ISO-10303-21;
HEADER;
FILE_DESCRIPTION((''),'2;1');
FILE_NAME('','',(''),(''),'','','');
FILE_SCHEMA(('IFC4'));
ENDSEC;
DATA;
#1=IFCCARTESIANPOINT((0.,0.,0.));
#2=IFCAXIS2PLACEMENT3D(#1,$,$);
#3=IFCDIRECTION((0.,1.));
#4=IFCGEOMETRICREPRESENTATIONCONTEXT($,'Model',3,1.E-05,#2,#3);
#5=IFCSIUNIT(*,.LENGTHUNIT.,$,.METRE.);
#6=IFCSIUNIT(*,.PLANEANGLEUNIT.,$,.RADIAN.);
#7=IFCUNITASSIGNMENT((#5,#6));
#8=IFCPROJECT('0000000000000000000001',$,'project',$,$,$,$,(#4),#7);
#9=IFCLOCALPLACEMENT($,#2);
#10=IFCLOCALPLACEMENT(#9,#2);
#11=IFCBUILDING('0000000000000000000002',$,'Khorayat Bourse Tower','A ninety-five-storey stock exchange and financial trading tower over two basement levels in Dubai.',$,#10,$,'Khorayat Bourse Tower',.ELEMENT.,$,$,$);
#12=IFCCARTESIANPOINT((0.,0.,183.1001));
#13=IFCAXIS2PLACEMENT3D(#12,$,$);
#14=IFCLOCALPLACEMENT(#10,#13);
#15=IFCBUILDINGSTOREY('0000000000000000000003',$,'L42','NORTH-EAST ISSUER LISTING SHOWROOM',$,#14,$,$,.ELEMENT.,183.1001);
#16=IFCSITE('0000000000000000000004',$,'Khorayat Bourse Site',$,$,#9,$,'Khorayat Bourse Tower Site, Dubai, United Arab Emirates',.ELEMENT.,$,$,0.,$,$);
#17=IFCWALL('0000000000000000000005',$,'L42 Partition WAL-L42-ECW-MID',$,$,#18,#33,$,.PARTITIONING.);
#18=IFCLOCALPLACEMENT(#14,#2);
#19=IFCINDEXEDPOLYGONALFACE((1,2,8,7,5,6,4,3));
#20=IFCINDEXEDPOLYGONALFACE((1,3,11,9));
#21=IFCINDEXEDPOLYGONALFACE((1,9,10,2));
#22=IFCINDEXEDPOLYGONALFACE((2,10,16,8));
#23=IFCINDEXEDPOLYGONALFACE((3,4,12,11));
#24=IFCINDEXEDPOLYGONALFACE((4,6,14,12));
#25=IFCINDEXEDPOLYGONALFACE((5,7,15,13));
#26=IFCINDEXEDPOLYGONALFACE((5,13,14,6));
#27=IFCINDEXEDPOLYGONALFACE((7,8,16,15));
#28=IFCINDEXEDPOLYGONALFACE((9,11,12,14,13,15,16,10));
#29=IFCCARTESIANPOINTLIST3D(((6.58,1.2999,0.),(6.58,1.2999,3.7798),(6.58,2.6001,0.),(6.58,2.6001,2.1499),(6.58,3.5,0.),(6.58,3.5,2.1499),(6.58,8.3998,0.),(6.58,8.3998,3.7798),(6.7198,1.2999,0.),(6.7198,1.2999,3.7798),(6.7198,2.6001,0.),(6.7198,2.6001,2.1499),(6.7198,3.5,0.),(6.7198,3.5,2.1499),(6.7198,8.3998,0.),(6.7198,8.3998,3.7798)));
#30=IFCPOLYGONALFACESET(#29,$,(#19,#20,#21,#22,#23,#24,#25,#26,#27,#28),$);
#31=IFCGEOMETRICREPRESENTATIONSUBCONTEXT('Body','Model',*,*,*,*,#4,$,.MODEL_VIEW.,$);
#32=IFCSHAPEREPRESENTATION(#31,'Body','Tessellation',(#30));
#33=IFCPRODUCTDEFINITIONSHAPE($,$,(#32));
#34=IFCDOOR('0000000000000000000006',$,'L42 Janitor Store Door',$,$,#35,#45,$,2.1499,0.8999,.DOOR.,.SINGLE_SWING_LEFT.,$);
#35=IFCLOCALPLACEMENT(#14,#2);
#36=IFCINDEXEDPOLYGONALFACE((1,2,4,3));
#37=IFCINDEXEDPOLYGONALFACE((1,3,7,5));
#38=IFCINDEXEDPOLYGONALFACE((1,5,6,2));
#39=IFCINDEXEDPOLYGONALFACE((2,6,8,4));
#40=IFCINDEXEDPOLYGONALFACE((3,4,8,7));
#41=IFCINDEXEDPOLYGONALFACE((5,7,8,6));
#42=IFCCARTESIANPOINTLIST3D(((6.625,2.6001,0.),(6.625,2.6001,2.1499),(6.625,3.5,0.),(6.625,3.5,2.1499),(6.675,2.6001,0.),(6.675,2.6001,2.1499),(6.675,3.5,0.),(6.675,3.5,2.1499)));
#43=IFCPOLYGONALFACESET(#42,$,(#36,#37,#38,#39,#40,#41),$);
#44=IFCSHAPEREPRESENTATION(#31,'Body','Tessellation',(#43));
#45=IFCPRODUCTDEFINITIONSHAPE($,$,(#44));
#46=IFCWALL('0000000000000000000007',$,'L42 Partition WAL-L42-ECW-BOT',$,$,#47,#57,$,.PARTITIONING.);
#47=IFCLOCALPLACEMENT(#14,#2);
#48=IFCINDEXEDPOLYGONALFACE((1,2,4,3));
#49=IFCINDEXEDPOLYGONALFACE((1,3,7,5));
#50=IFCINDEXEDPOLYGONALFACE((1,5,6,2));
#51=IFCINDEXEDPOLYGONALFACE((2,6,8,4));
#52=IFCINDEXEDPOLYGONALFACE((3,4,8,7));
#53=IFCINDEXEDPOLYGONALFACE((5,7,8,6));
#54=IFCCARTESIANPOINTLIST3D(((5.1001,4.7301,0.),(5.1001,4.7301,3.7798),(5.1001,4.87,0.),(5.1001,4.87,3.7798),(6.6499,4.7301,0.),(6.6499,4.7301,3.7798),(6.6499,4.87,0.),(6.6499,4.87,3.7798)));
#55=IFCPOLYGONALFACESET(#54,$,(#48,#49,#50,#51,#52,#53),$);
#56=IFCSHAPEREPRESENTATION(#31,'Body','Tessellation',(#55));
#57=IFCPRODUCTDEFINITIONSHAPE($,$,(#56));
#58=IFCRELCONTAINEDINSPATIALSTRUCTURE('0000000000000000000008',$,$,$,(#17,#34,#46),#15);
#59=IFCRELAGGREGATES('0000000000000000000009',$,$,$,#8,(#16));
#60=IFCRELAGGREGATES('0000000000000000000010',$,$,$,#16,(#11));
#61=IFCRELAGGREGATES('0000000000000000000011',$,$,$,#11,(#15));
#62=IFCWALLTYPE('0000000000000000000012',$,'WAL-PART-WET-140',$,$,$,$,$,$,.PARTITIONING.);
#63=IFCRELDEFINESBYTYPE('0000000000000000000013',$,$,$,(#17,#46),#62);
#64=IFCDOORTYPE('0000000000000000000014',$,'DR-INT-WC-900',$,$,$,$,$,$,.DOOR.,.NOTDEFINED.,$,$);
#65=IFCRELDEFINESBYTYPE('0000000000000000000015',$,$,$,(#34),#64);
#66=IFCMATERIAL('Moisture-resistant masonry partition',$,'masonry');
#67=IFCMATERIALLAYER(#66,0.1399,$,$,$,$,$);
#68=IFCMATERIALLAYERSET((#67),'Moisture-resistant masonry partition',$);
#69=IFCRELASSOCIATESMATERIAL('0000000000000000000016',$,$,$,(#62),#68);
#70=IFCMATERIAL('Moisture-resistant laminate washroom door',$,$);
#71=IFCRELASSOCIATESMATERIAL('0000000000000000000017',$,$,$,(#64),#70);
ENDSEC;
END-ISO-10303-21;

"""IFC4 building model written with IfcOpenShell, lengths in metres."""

from ifc_helpers import new_model, si_unit, direction, frame, frame_2d, origin, place, context, subcontext, project, spatial, rectangle, extrude, source, transform, mapped, material, layer, layer_set, type_object, element, fill, save


model = new_model("IFC4")

# Units and contexts
model_context = context("Model", 3, precision=1e-05, world=origin(), true_north=direction((0.0, 1.0)))
body_context = subcontext(model_context, "Body", "Model", "MODEL_VIEW")
ifc_project = project(units=[si_unit("LENGTHUNIT", "METRE"), si_unit("PLANEANGLEUNIT", "RADIAN")], contexts=[model_context])

# Site, building, storey
site_placement = place(None, origin())
site = spatial("IfcSite", under=ifc_project, at=site_placement, Name="Khorayat Bourse Site", LongName="Khorayat Bourse Tower Site, Dubai, United Arab Emirates", CompositionType="ELEMENT", RefElevation=0.0)
building_placement = place(site_placement, origin())
building = spatial("IfcBuilding", under=site, at=building_placement, Name="Khorayat Bourse Tower", Description="A ninety-five-storey stock exchange and financial trading tower over two basement levels in Dubai.", LongName="Khorayat Bourse Tower", CompositionType="ELEMENT")
storey_placement = place(building_placement, frame((0.0, 0.0, 183.1001)))
storey = spatial("IfcBuildingStorey", under=building, at=storey_placement, Name="L42", Description="NORTH-EAST ISSUER LISTING SHOWROOM", CompositionType="ELEMENT", Elevation=183.1001)

# Shared definitions
ifc_material_1 = material(Name="Moisture-resistant masonry partition", Category="masonry")
ifc_layer_1 = layer(ifc_material_1, 0.1399)
ifc_layer_set_1 = layer_set([ifc_layer_1], Name="Moisture-resistant masonry partition")
wall_type_1 = type_object("IfcWallType", Name="WAL-PART-WET-140", PredefinedType="PARTITIONING", material=ifc_layer_set_1)

# Shared definitions
shared_shape_1 = source(origin(), body_context, "Body", "SweptSolid", [
    extrude(rectangle(XDim=0.8999, YDim=2.1499, at=frame_2d((0.45, 1.075))), frame((0.0, 0.0798, 0.0), z_axis=(0.0, -1.0, 0.0), x_axis=(1.0, 0.0, 0.0)), (0.0, 0.0, 1.0), 0.1599),
])
ifc_material_2 = material(Name="Moisture-resistant laminate washroom door")
door_type_1 = type_object("IfcDoorType", Name="DR-INT-WC-900", OperationType="NOTDEFINED", PredefinedType="DOOR", material=ifc_material_2)
shared_shape_2 = source(origin(), body_context, "Body", "SweptSolid", [
    extrude(rectangle(XDim=0.8999, YDim=2.1499, at=frame_2d((0.45, 1.075))), frame((0.0, 0.0249, 0.0), z_axis=(0.0, -1.0, 0.0), x_axis=(1.0, 0.0, 0.0)), (0.0, 0.0, 1.0), 0.05),
])

# Wall, opening, door
shared_shape_3 = source(origin(), body_context, "Body", "SweptSolid", [
    extrude(rectangle(XDim=7.0999, YDim=0.1399, at=frame_2d((3.5498, 0.0))), origin(), (0.0, 0.0, 1.0), 3.7798),
])
wall_1_placement = place(storey_placement, frame((6.6499, 1.3, 0.0), z_axis=(0.0, 0.0, 1.0), x_axis=(0.0, 1.0, 0.0)))
wall_1 = element("IfcWall", 1, at=wall_1_placement, inside=storey, type_object=wall_type_1, Name="L42 Partition WAL-L42-ECW-MID", PredefinedType="PARTITIONING", context=body_context, shape_type="MappedRepresentation", body=[
    mapped(shared_shape_3, transform((0.0, 0.0, 0.0), scale=1.0)),
])
opening_1_placement = place(wall_1_placement, frame((1.3, 0.0, 0.0)))
opening_1 = element("IfcOpeningElement", 2, at=opening_1_placement, cuts=wall_1, PredefinedType="OPENING", context=body_context, shape_type="MappedRepresentation", body=[
    mapped(shared_shape_1, transform((0.0, 0.0, 0.0), scale=1.0)),
])
door_1_placement = place(opening_1_placement, origin())
door_1 = element("IfcDoor", 3, at=door_1_placement, inside=storey, type_object=door_type_1, Name="L42 Janitor Store Door", OperationType="SINGLE_SWING_LEFT", OverallHeight=2.1499, OverallWidth=0.8999, PredefinedType="DOOR", context=body_context, shape_type="MappedRepresentation", body=[
    mapped(shared_shape_2, transform((0.0, 0.0, 0.0), scale=1.0)),
])
fill(opening_1, door_1)

# Wall
shared_shape_4 = source(origin(), body_context, "Body", "SweptSolid", [
    extrude(rectangle(XDim=1.5498, YDim=0.1399, at=frame_2d((0.7749, 0.0))), origin(), (0.0, 0.0, 1.0), 3.7798),
])
wall_2_placement = place(storey_placement, frame((5.1001, 4.8, 0.0), z_axis=(0.0, 0.0, 1.0), x_axis=(1.0, 0.0, 0.0)))
element("IfcWall", 4, at=wall_2_placement, inside=storey, type_object=wall_type_1, Name="L42 Partition WAL-L42-ECW-BOT", PredefinedType="PARTITIONING", context=body_context, shape_type="MappedRepresentation", body=[
    mapped(shared_shape_4, transform((0.0, 0.0, 0.0), scale=1.0)),
])

save(model, "model.ifc")
